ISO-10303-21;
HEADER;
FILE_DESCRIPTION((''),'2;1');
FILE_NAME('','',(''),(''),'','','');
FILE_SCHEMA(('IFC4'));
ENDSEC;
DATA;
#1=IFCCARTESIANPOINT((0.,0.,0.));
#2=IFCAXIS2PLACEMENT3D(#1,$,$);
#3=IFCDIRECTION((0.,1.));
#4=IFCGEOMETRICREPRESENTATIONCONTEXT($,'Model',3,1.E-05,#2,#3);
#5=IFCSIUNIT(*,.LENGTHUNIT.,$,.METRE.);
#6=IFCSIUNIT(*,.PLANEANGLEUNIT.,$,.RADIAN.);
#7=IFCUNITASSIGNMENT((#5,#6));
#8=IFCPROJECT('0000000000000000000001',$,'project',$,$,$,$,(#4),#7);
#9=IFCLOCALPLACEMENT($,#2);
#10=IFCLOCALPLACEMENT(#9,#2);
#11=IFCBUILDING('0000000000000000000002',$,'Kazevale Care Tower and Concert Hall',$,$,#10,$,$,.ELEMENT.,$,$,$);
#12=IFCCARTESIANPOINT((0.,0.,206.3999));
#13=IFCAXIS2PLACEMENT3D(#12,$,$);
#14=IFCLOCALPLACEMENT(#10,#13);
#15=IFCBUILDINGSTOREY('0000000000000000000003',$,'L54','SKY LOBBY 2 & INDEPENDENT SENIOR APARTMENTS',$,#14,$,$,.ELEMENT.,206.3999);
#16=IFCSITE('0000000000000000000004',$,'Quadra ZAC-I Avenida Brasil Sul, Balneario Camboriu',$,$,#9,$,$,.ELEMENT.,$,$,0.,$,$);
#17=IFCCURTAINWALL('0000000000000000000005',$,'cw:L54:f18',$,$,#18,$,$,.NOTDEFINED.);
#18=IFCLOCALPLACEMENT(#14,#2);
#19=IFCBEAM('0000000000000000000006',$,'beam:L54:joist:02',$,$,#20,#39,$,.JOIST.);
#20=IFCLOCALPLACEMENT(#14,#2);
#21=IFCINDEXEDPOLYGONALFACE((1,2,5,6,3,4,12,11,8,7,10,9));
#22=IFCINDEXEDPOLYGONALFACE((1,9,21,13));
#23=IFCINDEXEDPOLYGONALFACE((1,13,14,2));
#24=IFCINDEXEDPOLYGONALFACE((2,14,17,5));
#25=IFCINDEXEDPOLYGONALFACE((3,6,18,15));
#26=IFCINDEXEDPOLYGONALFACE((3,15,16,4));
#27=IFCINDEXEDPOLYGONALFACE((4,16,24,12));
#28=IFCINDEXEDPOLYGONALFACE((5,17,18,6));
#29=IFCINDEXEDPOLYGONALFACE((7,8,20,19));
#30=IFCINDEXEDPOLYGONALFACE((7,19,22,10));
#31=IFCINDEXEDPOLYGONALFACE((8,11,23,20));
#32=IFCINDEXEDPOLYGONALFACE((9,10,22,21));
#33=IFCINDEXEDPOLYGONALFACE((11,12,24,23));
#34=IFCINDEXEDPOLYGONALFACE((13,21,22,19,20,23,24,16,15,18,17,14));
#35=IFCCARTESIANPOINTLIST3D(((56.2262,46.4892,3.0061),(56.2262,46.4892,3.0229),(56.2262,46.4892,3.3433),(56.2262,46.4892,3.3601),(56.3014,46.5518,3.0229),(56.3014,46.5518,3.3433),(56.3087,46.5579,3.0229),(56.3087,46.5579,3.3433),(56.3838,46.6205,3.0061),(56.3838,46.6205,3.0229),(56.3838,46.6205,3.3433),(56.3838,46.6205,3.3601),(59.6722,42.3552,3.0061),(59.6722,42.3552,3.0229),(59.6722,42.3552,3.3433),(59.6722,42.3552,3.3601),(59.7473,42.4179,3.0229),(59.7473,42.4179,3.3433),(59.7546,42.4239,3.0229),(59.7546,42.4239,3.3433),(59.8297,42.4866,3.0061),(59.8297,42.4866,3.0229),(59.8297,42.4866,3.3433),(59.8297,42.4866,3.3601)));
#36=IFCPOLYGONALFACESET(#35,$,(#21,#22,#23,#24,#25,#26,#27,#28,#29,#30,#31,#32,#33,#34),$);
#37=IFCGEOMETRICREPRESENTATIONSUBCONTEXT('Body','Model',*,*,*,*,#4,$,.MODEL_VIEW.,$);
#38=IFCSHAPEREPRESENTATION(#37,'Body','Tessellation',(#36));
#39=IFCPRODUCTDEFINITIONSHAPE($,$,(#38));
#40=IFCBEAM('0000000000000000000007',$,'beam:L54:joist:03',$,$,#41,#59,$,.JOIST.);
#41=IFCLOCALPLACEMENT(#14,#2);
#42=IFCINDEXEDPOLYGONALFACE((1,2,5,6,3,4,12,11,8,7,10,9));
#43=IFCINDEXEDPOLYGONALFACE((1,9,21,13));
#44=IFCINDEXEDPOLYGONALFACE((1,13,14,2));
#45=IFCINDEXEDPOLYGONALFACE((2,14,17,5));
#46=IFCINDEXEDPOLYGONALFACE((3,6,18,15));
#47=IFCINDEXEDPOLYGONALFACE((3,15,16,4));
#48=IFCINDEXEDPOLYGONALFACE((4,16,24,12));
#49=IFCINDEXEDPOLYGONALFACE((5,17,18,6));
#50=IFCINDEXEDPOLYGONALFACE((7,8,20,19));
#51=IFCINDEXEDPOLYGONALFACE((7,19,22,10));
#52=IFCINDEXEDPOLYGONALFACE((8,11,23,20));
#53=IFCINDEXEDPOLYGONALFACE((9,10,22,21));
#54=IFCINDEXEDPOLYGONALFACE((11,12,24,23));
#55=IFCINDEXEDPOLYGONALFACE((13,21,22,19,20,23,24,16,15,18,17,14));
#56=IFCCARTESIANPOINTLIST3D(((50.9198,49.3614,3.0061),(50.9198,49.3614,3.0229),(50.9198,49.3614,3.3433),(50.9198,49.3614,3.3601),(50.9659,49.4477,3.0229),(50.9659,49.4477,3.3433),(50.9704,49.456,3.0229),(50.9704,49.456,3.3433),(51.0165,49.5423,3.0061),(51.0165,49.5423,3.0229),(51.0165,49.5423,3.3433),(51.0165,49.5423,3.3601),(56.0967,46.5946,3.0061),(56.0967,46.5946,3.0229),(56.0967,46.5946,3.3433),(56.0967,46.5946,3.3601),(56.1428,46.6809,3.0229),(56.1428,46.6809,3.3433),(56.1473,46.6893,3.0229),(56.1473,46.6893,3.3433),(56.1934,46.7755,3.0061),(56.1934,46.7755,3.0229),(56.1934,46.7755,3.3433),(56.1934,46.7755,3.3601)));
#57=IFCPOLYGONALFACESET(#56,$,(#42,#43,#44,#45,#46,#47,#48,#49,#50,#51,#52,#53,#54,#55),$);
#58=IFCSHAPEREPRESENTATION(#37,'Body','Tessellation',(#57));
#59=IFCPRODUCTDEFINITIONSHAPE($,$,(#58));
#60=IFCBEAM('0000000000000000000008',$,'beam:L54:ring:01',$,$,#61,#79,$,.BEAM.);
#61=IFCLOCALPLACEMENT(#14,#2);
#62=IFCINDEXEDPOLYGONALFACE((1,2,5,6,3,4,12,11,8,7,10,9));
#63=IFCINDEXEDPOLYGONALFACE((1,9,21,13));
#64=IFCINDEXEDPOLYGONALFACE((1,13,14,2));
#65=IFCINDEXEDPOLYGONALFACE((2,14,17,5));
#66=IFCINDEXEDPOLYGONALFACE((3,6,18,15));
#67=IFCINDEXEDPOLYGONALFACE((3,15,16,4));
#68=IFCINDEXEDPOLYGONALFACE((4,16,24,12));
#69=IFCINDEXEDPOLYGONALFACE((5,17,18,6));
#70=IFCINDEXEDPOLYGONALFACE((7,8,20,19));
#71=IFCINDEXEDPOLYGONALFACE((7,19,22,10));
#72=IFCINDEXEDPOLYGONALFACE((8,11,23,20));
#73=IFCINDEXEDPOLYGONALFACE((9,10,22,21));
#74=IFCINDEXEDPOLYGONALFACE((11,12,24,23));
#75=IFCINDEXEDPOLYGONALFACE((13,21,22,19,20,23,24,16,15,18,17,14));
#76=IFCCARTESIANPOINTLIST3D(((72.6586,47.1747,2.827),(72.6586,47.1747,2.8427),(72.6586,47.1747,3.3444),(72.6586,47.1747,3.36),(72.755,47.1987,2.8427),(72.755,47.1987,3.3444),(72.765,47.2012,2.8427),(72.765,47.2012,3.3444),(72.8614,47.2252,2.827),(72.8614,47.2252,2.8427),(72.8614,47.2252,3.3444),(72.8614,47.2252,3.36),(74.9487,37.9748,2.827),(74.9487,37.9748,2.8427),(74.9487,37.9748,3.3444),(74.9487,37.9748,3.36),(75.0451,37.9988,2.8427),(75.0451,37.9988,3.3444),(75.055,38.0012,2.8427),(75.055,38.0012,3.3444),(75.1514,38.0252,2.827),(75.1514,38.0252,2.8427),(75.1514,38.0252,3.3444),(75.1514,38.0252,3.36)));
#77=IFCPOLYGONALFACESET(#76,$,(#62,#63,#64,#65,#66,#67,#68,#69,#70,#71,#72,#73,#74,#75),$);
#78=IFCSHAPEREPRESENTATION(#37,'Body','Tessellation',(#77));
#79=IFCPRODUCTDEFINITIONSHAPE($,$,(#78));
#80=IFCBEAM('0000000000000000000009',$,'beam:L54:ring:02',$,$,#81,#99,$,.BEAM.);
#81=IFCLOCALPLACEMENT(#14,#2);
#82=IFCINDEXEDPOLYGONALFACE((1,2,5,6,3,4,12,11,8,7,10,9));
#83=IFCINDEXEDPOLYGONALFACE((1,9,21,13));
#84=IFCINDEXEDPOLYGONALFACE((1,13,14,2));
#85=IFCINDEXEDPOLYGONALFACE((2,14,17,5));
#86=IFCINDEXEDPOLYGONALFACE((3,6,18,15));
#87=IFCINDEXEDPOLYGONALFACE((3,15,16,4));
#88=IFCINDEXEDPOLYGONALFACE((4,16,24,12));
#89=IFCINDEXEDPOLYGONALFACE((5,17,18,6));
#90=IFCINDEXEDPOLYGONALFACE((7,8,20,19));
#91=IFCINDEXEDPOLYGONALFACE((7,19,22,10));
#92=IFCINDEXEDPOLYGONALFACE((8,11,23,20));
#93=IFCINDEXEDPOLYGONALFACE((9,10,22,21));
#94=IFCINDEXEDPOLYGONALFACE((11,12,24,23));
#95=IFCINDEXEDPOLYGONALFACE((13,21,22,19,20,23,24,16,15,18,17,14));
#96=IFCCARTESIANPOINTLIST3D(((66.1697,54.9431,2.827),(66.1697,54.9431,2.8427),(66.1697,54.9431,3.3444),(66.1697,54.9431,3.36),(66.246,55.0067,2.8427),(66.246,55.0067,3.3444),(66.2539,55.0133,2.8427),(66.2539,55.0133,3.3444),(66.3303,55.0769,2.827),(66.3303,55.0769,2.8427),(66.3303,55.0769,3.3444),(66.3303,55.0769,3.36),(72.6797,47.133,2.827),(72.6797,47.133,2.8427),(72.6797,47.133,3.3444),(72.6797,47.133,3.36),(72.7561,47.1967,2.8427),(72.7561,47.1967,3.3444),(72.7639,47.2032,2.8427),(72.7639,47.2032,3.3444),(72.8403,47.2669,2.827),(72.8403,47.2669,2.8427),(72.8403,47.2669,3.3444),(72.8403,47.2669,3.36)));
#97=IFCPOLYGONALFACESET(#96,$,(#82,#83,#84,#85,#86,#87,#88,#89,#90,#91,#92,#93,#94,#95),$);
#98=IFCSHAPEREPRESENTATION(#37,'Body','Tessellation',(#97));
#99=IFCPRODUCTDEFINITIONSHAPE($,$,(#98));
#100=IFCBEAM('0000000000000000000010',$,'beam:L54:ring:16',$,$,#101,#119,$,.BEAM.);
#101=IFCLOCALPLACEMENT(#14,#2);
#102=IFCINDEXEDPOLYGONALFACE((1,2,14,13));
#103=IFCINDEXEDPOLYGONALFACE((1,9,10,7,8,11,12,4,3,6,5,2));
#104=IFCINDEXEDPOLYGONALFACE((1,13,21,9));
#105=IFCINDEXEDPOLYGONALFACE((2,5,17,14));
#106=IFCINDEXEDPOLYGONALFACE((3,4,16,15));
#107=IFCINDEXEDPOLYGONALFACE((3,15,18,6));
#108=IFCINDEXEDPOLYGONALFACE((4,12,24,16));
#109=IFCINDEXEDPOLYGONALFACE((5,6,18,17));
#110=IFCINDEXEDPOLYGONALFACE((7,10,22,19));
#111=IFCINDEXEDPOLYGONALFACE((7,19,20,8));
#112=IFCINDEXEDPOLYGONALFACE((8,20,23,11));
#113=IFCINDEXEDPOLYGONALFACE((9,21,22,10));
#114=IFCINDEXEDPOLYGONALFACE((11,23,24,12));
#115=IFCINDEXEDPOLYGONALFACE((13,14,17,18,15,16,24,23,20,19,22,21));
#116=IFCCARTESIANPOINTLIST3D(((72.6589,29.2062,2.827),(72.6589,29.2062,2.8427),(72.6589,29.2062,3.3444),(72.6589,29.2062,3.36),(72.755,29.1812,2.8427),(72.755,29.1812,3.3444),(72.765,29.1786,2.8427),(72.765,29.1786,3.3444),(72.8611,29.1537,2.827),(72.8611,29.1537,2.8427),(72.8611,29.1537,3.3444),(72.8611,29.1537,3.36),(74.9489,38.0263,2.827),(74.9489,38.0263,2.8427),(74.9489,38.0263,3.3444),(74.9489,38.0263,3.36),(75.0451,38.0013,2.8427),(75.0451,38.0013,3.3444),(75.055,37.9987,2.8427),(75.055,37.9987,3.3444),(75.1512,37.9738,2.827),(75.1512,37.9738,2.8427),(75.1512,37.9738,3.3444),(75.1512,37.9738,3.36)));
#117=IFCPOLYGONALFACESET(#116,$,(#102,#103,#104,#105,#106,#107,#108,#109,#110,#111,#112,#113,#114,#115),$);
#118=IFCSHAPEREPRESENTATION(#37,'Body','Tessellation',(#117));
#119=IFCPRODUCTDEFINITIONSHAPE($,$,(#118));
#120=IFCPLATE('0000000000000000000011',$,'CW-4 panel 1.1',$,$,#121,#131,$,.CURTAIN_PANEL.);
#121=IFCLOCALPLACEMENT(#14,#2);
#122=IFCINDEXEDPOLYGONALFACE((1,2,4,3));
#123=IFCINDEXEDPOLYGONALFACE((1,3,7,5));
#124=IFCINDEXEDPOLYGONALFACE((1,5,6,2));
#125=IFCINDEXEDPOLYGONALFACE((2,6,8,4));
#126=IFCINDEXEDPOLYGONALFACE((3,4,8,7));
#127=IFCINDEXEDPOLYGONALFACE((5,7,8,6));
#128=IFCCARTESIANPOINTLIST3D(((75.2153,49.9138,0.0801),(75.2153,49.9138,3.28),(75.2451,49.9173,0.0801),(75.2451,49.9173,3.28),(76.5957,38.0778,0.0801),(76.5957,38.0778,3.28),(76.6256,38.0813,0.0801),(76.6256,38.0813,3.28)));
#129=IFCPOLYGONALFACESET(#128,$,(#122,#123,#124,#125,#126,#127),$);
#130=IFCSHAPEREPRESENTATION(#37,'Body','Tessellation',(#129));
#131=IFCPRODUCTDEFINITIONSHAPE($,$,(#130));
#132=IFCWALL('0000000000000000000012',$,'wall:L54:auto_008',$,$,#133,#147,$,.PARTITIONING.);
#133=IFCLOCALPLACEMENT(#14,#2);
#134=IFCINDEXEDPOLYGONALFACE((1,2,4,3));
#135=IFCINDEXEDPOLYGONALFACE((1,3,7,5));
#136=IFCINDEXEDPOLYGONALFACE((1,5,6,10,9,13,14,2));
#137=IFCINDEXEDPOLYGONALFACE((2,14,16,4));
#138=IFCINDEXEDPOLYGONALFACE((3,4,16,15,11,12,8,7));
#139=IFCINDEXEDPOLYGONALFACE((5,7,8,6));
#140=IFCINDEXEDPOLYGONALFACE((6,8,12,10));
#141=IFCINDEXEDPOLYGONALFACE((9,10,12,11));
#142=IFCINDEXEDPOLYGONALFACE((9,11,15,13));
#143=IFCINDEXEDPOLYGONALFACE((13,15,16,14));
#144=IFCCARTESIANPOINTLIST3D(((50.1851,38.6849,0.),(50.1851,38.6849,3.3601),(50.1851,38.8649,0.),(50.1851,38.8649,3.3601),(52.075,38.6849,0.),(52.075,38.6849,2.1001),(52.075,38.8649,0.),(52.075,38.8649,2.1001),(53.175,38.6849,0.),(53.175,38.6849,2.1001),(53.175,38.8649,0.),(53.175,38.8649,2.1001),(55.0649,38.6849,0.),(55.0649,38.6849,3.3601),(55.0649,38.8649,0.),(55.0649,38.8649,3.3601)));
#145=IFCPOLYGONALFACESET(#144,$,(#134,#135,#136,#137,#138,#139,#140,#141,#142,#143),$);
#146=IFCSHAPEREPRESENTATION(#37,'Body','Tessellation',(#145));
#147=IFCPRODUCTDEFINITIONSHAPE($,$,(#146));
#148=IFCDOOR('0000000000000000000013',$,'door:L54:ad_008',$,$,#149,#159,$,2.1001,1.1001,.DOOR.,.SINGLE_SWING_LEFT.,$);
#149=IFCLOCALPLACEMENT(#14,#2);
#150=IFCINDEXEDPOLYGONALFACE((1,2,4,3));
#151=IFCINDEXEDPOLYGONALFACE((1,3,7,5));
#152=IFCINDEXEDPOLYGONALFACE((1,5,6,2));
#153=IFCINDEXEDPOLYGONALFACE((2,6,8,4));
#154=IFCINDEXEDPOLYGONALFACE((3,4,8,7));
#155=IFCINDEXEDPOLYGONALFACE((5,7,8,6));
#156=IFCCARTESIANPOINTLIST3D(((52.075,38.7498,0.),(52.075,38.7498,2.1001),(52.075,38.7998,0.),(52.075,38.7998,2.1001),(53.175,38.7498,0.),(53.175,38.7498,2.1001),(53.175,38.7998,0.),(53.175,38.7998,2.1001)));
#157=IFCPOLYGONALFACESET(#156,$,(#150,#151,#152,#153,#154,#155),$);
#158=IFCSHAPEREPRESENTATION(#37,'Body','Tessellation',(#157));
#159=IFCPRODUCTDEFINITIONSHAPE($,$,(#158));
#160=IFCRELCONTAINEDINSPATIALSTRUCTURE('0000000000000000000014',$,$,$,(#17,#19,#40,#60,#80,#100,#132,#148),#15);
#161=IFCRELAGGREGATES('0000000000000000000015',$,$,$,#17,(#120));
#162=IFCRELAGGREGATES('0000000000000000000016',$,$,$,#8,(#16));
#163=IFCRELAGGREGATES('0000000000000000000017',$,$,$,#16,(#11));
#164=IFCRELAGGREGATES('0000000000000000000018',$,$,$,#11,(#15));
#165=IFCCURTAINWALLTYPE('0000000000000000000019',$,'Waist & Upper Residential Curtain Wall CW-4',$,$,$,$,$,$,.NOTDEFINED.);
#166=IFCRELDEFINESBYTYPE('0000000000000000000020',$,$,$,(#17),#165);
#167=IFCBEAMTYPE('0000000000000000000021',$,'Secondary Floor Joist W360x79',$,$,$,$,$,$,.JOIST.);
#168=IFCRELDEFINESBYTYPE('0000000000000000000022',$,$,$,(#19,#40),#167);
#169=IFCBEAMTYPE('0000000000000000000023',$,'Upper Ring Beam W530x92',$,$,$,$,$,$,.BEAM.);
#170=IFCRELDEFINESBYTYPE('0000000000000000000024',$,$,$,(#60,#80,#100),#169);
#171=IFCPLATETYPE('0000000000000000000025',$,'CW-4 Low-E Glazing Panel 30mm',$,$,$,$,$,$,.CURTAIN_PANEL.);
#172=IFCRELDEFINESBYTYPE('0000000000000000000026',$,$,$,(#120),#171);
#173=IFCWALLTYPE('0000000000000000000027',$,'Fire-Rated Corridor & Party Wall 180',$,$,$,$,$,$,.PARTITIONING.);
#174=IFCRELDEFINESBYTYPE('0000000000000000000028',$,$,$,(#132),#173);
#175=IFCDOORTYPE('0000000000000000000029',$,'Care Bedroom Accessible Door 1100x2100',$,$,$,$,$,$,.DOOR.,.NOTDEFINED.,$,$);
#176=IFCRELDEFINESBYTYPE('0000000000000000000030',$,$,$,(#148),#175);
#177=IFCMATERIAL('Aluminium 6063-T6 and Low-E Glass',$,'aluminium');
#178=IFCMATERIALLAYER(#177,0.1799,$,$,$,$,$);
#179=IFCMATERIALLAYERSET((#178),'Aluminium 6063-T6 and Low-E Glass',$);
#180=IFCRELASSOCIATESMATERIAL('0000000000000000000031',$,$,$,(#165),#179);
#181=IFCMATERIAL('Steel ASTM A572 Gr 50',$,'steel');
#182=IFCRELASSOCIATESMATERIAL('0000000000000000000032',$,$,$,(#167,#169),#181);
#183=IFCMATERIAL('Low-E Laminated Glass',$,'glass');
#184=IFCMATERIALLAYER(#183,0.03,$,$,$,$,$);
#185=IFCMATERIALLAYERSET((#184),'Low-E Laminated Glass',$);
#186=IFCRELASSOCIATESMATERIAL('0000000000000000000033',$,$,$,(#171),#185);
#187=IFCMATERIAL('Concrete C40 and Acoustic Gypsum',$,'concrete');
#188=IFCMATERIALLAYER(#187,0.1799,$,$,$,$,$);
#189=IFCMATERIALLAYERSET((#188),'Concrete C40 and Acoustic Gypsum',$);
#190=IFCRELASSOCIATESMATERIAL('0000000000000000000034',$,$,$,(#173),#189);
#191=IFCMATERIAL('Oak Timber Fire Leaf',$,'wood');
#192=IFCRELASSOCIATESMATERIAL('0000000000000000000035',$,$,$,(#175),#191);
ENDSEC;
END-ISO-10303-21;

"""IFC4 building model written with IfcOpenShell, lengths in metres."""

from ifc_helpers import new_model, si_unit, direction, frame, frame_2d, origin, origin_2d, place, context, subcontext, project, spatial, rectangle, i_section, extrude, material, layer, layer_set, material_profile, profile_set, type_object, element, fill, aggregate, save


model = new_model("IFC4")

# Units and contexts
model_context = context("Model", 3, precision=1e-05, world=origin(), true_north=direction((0.0, 1.0)))
body_context = subcontext(model_context, "Body", "Model", "MODEL_VIEW")
ifc_project = project(units=[si_unit("LENGTHUNIT", "METRE"), si_unit("PLANEANGLEUNIT", "RADIAN")], contexts=[model_context])

# Site, building, storey
site_placement = place(None, origin())
site = spatial("IfcSite", under=ifc_project, at=site_placement, Name="Quadra ZAC-I Avenida Brasil Sul, Balneario Camboriu", CompositionType="ELEMENT", RefElevation=0.0)
building_placement = place(site_placement, origin())
building = spatial("IfcBuilding", under=site, at=building_placement, Name="Kazevale Care Tower and Concert Hall", CompositionType="ELEMENT")
storey_placement = place(building_placement, frame((0.0, 0.0, 206.3999)))
storey = spatial("IfcBuildingStorey", under=building, at=storey_placement, Name="L54", Description="SKY LOBBY 2 & INDEPENDENT SENIOR APARTMENTS", CompositionType="ELEMENT", Elevation=206.3999)

# Curtain wall
ifc_material_1 = material(Name="Aluminium 6063-T6 and Low-E Glass", Category="aluminium")
ifc_layer_1 = layer(ifc_material_1, 0.1799)
ifc_layer_set_1 = layer_set([ifc_layer_1], Name="Aluminium 6063-T6 and Low-E Glass")
curtain_wall_type = type_object("IfcCurtainWallType", Name="Waist & Upper Residential Curtain Wall CW-4", PredefinedType="NOTDEFINED", material=ifc_layer_set_1)
curtain_wall_placement = place(storey_placement, origin())
curtain_wall = element("IfcCurtainWall", 1, at=curtain_wall_placement, inside=storey, type_object=curtain_wall_type, Name="cw:L54:f18", PredefinedType="NOTDEFINED")

# Beams
ifc_material_2 = material(Name="Steel ASTM A572 Gr 50", Category="steel")
ifc_material_profile_1 = material_profile(ifc_material_2, i_section(OverallWidth=0.2051, OverallDepth=0.354, WebThickness=0.0095, FlangeThickness=0.0168, at=origin_2d()), Name="W360x79")
ifc_profile_set_1 = profile_set([ifc_material_profile_1], Name="Steel ASTM A572 Gr 50")
beam_type_1 = type_object("IfcBeamType", Name="Secondary Floor Joist W360x79", PredefinedType="JOIST", material=ifc_profile_set_1)
beam_1_placement = place(storey_placement, frame((59.751, 42.4209, 3.1831), z_axis=(-0.640296, 0.768128, 0.0), x_axis=(-0.768128, -0.640296, 0.0)))
element("IfcBeam", 2, at=beam_1_placement, inside=storey, type_object=beam_type_1, Name="beam:L54:joist:02", PredefinedType="JOIST", context=body_context, shape_type="SweptSolid", body=[
    extrude(i_section(OverallWidth=0.2051, OverallDepth=0.354, WebThickness=0.0095, FlangeThickness=0.0168, at=origin_2d()), origin(), (0.0, 0.0, 1.0), 5.3818),
])
beam_2_placement = place(storey_placement, frame((56.145, 46.6851, 3.1831), z_axis=(-0.881944, 0.471354, 0.0), x_axis=(-0.471354, -0.881944, 0.0)))
element("IfcBeam", 3, at=beam_2_placement, inside=storey, type_object=beam_type_1, Name="beam:L54:joist:03", PredefinedType="JOIST", context=body_context, shape_type="SweptSolid", body=[
    extrude(i_section(OverallWidth=0.2051, OverallDepth=0.354, WebThickness=0.0095, FlangeThickness=0.0168, at=origin_2d()), origin(), (0.0, 0.0, 1.0), 5.8699),
])
ifc_material_profile_2 = material_profile(ifc_material_2, i_section(OverallWidth=0.209, OverallDepth=0.533, WebThickness=0.0103, FlangeThickness=0.0156, at=origin_2d()), Name="W530x92")
ifc_profile_set_2 = profile_set([ifc_material_profile_2], Name="Steel ASTM A572 Gr 50")
beam_type_2 = type_object("IfcBeamType", Name="Upper Ring Beam W530x92", PredefinedType="BEAM", material=ifc_profile_set_2)
beam_3_placement = place(storey_placement, frame((75.05, 38.0, 3.0935), z_axis=(-0.241548, 0.970389, 0.0), x_axis=(-0.970389, -0.241548, 0.0)))
element("IfcBeam", 4, at=beam_3_placement, inside=storey, type_object=beam_type_2, Name="beam:L54:ring:01", PredefinedType="BEAM", context=body_context, shape_type="SweptSolid", body=[
    extrude(i_section(OverallWidth=0.209, OverallDepth=0.533, WebThickness=0.0103, FlangeThickness=0.0156, at=origin_2d()), origin(), (0.0, 0.0, 1.0), 9.4807),
])
beam_4_placement = place(storey_placement, frame((72.76, 47.2, 3.0935), z_axis=(-0.640279, 0.768143, 0.0), x_axis=(-0.768143, -0.640279, 0.0)))
element("IfcBeam", 5, at=beam_4_placement, inside=storey, type_object=beam_type_2, Name="beam:L54:ring:02", PredefinedType="BEAM", context=body_context, shape_type="SweptSolid", body=[
    extrude(i_section(OverallWidth=0.209, OverallDepth=0.533, WebThickness=0.0103, FlangeThickness=0.0156, at=origin_2d()), origin(), (0.0, 0.0, 1.0), 10.1675),
])
beam_5_placement = place(storey_placement, frame((72.76, 29.1799, 3.0935), z_axis=(0.251307, 0.967907, 0.0), x_axis=(-0.967907, 0.251307, 0.0)))
element("IfcBeam", 6, at=beam_5_placement, inside=storey, type_object=beam_type_2, Name="beam:L54:ring:16", PredefinedType="BEAM", context=body_context, shape_type="SweptSolid", body=[
    extrude(i_section(OverallWidth=0.209, OverallDepth=0.533, WebThickness=0.0103, FlangeThickness=0.0156, at=origin_2d()), origin(), (0.0, 0.0, 1.0), 9.1125),
])

# Plate
ifc_material_3 = material(Name="Low-E Laminated Glass", Category="glass")
ifc_layer_2 = layer(ifc_material_3, 0.03)
ifc_layer_set_2 = layer_set([ifc_layer_2], Name="Low-E Laminated Glass")
plate_type = type_object("IfcPlateType", Name="CW-4 Low-E Glazing Panel 30mm", PredefinedType="CURTAIN_PANEL", material=ifc_layer_set_2)
plate_placement = place(storey_placement, frame((75.9204, 43.9976, 0.0801), z_axis=(0.0, 0.0, 1.0), x_axis=(0.115847, -0.993267, 0.0)))
plate = element("IfcPlate", 7, at=plate_placement, type_object=plate_type, Name="CW-4 panel 1.1", PredefinedType="CURTAIN_PANEL", context=body_context, shape_type="SweptSolid", body=[
    extrude(rectangle(XDim=11.9163, YDim=0.03, at=origin_2d()), origin(), (0.0, 0.0, 1.0), 3.2),
])
aggregate(curtain_wall, [plate])

# Wall, opening, door
ifc_material_4 = material(Name="Concrete C40 and Acoustic Gypsum", Category="concrete")
ifc_layer_3 = layer(ifc_material_4, 0.1799)
ifc_layer_set_3 = layer_set([ifc_layer_3], Name="Concrete C40 and Acoustic Gypsum")
wall_type_1 = type_object("IfcWallType", Name="Fire-Rated Corridor & Party Wall 180", PredefinedType="PARTITIONING", material=ifc_layer_set_3)
wall_1_placement = place(storey_placement, frame((50.1851, 38.7749, 0.0), z_axis=(0.0, 0.0, 1.0), x_axis=(1.0, 0.0, 0.0)))
wall_1 = element("IfcWall", 8, at=wall_1_placement, inside=storey, type_object=wall_type_1, Name="wall:L54:auto_008", PredefinedType="PARTITIONING", context=body_context, shape_type="SweptSolid", body=[
    extrude(rectangle(XDim=4.8799, YDim=0.1799, at=frame_2d((2.4399, 0.0))), origin(), (0.0, 0.0, 1.0), 3.3601),
])
opening_1_placement = place(wall_1_placement, frame((1.8899, 0.0, 0.0)))
opening_1 = element("IfcOpeningElement", 9, at=opening_1_placement, cuts=wall_1, PredefinedType="OPENING", context=body_context, shape_type="SweptSolid", body=[
    extrude(rectangle(XDim=1.1001, YDim=2.1001, at=frame_2d((0.55, 1.05))), frame((0.0, 0.0999, 0.0), z_axis=(0.0, -1.0, 0.0), x_axis=(1.0, 0.0, 0.0)), (0.0, 0.0, 1.0), 0.2),
])
ifc_material_5 = material(Name="Oak Timber Fire Leaf", Category="wood")
door_type = type_object("IfcDoorType", Name="Care Bedroom Accessible Door 1100x2100", OperationType="NOTDEFINED", PredefinedType="DOOR", material=ifc_material_5)
door_1_placement = place(opening_1_placement, origin())
door_1 = element("IfcDoor", 10, at=door_1_placement, inside=storey, type_object=door_type, Name="door:L54:ad_008", OperationType="SINGLE_SWING_LEFT", OverallHeight=2.1001, OverallWidth=1.1001, PredefinedType="DOOR", context=body_context, shape_type="SweptSolid", body=[
    extrude(rectangle(XDim=1.1001, YDim=2.1001, at=frame_2d((0.55, 1.05))), frame((0.0, 0.0249, 0.0), z_axis=(0.0, -1.0, 0.0), x_axis=(1.0, 0.0, 0.0)), (0.0, 0.0, 1.0), 0.05),
])
fill(opening_1, door_1)

save(model, "model.ifc")
